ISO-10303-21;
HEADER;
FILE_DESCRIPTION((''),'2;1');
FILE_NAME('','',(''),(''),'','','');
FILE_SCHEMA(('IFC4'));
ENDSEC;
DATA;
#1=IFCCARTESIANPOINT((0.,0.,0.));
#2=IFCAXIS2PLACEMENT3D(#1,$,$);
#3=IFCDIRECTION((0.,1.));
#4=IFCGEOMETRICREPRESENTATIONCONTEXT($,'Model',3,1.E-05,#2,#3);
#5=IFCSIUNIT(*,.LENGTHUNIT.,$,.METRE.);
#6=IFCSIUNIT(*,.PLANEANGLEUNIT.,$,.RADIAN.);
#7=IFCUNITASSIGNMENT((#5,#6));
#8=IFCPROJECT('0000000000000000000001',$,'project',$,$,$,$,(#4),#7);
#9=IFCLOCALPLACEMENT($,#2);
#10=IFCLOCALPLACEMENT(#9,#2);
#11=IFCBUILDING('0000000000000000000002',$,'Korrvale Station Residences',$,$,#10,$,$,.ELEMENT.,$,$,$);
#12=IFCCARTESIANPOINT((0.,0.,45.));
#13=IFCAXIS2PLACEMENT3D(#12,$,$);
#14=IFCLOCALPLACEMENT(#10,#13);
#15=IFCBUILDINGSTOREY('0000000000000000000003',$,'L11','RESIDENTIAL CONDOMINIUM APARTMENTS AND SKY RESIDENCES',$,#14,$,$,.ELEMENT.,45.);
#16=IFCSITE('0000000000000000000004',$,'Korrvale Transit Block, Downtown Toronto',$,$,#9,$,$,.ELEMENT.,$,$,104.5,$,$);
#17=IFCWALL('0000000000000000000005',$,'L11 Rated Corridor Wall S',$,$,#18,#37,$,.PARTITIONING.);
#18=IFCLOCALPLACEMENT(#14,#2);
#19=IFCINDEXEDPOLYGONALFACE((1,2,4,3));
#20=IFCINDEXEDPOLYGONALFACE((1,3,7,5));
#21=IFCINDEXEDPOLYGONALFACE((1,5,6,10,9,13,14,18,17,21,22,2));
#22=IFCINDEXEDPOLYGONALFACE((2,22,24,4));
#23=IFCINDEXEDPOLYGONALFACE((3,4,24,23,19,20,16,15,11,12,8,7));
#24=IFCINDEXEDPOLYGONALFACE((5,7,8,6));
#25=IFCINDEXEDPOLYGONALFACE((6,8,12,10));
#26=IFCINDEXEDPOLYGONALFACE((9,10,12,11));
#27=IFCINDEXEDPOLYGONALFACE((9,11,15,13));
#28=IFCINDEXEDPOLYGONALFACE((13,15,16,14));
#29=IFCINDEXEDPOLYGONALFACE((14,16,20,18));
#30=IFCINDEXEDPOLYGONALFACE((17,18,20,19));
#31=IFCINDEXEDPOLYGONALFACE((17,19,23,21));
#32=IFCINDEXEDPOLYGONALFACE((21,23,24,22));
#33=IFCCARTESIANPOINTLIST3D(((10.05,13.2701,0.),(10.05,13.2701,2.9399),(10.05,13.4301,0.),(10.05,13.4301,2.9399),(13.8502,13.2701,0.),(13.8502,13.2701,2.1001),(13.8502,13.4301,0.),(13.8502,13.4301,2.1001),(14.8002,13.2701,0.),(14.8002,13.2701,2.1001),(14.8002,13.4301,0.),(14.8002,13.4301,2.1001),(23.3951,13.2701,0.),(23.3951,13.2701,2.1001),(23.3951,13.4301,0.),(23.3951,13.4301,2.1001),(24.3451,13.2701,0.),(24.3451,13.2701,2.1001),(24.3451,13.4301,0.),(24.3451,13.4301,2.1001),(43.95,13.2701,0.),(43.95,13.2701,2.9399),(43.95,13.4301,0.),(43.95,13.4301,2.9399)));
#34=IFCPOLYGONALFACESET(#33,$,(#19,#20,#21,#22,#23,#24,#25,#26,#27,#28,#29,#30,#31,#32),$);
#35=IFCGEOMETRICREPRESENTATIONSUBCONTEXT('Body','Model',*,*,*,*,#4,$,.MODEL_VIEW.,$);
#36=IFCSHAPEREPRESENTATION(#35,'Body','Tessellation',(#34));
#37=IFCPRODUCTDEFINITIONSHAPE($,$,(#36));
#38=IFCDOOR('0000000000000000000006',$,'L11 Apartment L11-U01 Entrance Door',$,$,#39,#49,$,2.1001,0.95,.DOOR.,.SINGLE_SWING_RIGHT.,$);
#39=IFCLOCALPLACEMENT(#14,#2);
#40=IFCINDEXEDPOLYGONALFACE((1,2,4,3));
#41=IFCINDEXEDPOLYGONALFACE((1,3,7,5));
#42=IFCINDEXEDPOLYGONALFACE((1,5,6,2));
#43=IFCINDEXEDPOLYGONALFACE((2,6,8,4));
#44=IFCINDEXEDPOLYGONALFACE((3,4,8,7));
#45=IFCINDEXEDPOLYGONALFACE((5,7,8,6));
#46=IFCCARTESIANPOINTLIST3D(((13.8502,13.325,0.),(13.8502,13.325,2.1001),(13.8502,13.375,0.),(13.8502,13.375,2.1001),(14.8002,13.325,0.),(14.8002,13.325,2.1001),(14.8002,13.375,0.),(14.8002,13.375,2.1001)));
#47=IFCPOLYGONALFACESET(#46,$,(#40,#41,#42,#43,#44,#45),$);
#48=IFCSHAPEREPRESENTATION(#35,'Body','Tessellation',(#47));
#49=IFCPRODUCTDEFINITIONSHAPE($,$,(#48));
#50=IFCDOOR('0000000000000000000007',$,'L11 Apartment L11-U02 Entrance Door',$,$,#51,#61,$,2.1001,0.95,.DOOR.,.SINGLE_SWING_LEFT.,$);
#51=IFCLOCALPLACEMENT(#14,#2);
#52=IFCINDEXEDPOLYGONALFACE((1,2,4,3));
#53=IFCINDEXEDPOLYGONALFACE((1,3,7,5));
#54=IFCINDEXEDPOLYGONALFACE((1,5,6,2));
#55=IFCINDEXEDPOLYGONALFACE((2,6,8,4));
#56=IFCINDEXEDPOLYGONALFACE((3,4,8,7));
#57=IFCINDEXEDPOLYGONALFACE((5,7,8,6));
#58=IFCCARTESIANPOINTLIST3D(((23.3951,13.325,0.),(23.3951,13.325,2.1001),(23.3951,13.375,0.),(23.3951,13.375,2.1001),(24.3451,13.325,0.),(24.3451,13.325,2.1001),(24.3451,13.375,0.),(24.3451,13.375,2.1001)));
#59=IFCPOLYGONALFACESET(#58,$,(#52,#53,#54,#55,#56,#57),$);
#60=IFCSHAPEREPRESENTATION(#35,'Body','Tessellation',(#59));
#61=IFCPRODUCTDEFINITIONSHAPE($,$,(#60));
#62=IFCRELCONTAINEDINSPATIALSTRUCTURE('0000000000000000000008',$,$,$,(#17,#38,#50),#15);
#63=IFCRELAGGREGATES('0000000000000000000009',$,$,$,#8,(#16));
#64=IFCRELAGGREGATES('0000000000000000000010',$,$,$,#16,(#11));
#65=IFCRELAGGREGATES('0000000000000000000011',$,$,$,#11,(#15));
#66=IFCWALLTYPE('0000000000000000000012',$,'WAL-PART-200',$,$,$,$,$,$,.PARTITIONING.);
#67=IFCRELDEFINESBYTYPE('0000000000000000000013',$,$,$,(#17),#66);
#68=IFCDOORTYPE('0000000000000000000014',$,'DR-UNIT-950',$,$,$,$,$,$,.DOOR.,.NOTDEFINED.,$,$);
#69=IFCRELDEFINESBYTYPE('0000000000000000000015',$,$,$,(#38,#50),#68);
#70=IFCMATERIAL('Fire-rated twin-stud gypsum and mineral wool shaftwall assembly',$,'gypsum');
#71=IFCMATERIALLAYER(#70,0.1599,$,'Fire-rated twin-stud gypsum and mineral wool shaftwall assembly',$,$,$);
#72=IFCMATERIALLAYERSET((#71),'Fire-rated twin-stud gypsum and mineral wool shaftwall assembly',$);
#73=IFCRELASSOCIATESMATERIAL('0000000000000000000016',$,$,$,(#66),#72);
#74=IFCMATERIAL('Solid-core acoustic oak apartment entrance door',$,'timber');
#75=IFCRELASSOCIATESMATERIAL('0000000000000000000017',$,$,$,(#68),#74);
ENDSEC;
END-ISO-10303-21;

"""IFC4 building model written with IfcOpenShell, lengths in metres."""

from ifc_helpers import new_model, si_unit, direction, frame, frame_2d, origin, place, context, subcontext, project, spatial, rectangle, extrude, material, layer, layer_set, type_object, element, fill, save


model = new_model("IFC4")

# Units and contexts
model_context = context("Model", 3, precision=1e-05, world=origin(), true_north=direction((0.0, 1.0)))
body_context = subcontext(model_context, "Body", "Model", "MODEL_VIEW")
ifc_project = project(units=[si_unit("LENGTHUNIT", "METRE"), si_unit("PLANEANGLEUNIT", "RADIAN")], contexts=[model_context])

# Site, building, storey
site_placement = place(None, origin())
site = spatial("IfcSite", under=ifc_project, at=site_placement, Name="Korrvale Transit Block, Downtown Toronto", CompositionType="ELEMENT", RefElevation=104.5)
building_placement = place(site_placement, origin())
building = spatial("IfcBuilding", under=site, at=building_placement, Name="Korrvale Station Residences", CompositionType="ELEMENT")
storey_placement = place(building_placement, frame((0.0, 0.0, 45.0)))
storey = spatial("IfcBuildingStorey", under=building, at=storey_placement, Name="L11", Description="RESIDENTIAL CONDOMINIUM APARTMENTS AND SKY RESIDENCES", CompositionType="ELEMENT", Elevation=45.0)

# Shared definitions
ifc_material_1 = material(Name="Fire-rated twin-stud gypsum and mineral wool shaftwall assembly", Category="gypsum")
ifc_layer_1 = layer(ifc_material_1, 0.1599, Name="Fire-rated twin-stud gypsum and mineral wool shaftwall assembly")
ifc_layer_set_1 = layer_set([ifc_layer_1], Name="Fire-rated twin-stud gypsum and mineral wool shaftwall assembly")
wall_type_1 = type_object("IfcWallType", Name="WAL-PART-200", PredefinedType="PARTITIONING", material=ifc_layer_set_1)

# Wall, openings, doors
wall_1_placement = place(storey_placement, frame((10.05, 13.3501, 0.0), z_axis=(0.0, 0.0, 1.0), x_axis=(1.0, 0.0, 0.0)))
wall_1 = element("IfcWall", 1, at=wall_1_placement, inside=storey, type_object=wall_type_1, Name="L11 Rated Corridor Wall S", PredefinedType="PARTITIONING", context=body_context, shape_type="SweptSolid", body=[
    extrude(rectangle(XDim=33.8999, YDim=0.1599, at=frame_2d((16.95, 0.0))), origin(), (0.0, 0.0, 1.0), 2.9399),
])
opening_1_placement = place(wall_1_placement, frame((3.8, 0.0, 0.0)))
opening_1 = element("IfcOpeningElement", 2, at=opening_1_placement, cuts=wall_1, PredefinedType="OPENING", context=body_context, shape_type="SweptSolid", body=[
    extrude(rectangle(XDim=0.95, YDim=2.1001, at=frame_2d((0.4751, 1.05))), frame((0.0, 0.0898, 0.0), z_axis=(0.0, -1.0, 0.0), x_axis=(1.0, 0.0, 0.0)), (0.0, 0.0, 1.0), 0.1799),
])
opening_2_placement = place(wall_1_placement, frame((13.345, 0.0, 0.0)))
opening_2 = element("IfcOpeningElement", 3, at=opening_2_placement, cuts=wall_1, PredefinedType="OPENING", context=body_context, shape_type="SweptSolid", body=[
    extrude(rectangle(XDim=0.95, YDim=2.1001, at=frame_2d((0.4751, 1.05))), frame((0.0, 0.0898, 0.0), z_axis=(0.0, -1.0, 0.0), x_axis=(1.0, 0.0, 0.0)), (0.0, 0.0, 1.0), 0.1799),
])
ifc_material_2 = material(Name="Solid-core acoustic oak apartment entrance door", Category="timber")
door_type_1 = type_object("IfcDoorType", Name="DR-UNIT-950", OperationType="NOTDEFINED", PredefinedType="DOOR", material=ifc_material_2)
door_1_placement = place(opening_1_placement, origin())
door_1 = element("IfcDoor", 4, at=door_1_placement, inside=storey, type_object=door_type_1, Name="L11 Apartment L11-U01 Entrance Door", OperationType="SINGLE_SWING_RIGHT", OverallHeight=2.1001, OverallWidth=0.95, PredefinedType="DOOR", context=body_context, shape_type="SweptSolid", body=[
    extrude(rectangle(XDim=0.95, YDim=2.1001, at=frame_2d((0.4751, 1.05))), frame((0.0, 0.0249, 0.0), z_axis=(0.0, -1.0, 0.0), x_axis=(1.0, 0.0, 0.0)), (0.0, 0.0, 1.0), 0.05),
])
fill(opening_1, door_1)
door_2_placement = place(opening_2_placement, origin())
door_2 = element("IfcDoor", 5, at=door_2_placement, inside=storey, type_object=door_type_1, Name="L11 Apartment L11-U02 Entrance Door", OperationType="SINGLE_SWING_LEFT", OverallHeight=2.1001, OverallWidth=0.95, PredefinedType="DOOR", context=body_context, shape_type="SweptSolid", body=[
    extrude(rectangle(XDim=0.95, YDim=2.1001, at=frame_2d((0.4751, 1.05))), frame((0.0, 0.0249, 0.0), z_axis=(0.0, -1.0, 0.0), x_axis=(1.0, 0.0, 0.0)), (0.0, 0.0, 1.0), 0.05),
])
fill(opening_2, door_2)

save(model, "model.ifc")
